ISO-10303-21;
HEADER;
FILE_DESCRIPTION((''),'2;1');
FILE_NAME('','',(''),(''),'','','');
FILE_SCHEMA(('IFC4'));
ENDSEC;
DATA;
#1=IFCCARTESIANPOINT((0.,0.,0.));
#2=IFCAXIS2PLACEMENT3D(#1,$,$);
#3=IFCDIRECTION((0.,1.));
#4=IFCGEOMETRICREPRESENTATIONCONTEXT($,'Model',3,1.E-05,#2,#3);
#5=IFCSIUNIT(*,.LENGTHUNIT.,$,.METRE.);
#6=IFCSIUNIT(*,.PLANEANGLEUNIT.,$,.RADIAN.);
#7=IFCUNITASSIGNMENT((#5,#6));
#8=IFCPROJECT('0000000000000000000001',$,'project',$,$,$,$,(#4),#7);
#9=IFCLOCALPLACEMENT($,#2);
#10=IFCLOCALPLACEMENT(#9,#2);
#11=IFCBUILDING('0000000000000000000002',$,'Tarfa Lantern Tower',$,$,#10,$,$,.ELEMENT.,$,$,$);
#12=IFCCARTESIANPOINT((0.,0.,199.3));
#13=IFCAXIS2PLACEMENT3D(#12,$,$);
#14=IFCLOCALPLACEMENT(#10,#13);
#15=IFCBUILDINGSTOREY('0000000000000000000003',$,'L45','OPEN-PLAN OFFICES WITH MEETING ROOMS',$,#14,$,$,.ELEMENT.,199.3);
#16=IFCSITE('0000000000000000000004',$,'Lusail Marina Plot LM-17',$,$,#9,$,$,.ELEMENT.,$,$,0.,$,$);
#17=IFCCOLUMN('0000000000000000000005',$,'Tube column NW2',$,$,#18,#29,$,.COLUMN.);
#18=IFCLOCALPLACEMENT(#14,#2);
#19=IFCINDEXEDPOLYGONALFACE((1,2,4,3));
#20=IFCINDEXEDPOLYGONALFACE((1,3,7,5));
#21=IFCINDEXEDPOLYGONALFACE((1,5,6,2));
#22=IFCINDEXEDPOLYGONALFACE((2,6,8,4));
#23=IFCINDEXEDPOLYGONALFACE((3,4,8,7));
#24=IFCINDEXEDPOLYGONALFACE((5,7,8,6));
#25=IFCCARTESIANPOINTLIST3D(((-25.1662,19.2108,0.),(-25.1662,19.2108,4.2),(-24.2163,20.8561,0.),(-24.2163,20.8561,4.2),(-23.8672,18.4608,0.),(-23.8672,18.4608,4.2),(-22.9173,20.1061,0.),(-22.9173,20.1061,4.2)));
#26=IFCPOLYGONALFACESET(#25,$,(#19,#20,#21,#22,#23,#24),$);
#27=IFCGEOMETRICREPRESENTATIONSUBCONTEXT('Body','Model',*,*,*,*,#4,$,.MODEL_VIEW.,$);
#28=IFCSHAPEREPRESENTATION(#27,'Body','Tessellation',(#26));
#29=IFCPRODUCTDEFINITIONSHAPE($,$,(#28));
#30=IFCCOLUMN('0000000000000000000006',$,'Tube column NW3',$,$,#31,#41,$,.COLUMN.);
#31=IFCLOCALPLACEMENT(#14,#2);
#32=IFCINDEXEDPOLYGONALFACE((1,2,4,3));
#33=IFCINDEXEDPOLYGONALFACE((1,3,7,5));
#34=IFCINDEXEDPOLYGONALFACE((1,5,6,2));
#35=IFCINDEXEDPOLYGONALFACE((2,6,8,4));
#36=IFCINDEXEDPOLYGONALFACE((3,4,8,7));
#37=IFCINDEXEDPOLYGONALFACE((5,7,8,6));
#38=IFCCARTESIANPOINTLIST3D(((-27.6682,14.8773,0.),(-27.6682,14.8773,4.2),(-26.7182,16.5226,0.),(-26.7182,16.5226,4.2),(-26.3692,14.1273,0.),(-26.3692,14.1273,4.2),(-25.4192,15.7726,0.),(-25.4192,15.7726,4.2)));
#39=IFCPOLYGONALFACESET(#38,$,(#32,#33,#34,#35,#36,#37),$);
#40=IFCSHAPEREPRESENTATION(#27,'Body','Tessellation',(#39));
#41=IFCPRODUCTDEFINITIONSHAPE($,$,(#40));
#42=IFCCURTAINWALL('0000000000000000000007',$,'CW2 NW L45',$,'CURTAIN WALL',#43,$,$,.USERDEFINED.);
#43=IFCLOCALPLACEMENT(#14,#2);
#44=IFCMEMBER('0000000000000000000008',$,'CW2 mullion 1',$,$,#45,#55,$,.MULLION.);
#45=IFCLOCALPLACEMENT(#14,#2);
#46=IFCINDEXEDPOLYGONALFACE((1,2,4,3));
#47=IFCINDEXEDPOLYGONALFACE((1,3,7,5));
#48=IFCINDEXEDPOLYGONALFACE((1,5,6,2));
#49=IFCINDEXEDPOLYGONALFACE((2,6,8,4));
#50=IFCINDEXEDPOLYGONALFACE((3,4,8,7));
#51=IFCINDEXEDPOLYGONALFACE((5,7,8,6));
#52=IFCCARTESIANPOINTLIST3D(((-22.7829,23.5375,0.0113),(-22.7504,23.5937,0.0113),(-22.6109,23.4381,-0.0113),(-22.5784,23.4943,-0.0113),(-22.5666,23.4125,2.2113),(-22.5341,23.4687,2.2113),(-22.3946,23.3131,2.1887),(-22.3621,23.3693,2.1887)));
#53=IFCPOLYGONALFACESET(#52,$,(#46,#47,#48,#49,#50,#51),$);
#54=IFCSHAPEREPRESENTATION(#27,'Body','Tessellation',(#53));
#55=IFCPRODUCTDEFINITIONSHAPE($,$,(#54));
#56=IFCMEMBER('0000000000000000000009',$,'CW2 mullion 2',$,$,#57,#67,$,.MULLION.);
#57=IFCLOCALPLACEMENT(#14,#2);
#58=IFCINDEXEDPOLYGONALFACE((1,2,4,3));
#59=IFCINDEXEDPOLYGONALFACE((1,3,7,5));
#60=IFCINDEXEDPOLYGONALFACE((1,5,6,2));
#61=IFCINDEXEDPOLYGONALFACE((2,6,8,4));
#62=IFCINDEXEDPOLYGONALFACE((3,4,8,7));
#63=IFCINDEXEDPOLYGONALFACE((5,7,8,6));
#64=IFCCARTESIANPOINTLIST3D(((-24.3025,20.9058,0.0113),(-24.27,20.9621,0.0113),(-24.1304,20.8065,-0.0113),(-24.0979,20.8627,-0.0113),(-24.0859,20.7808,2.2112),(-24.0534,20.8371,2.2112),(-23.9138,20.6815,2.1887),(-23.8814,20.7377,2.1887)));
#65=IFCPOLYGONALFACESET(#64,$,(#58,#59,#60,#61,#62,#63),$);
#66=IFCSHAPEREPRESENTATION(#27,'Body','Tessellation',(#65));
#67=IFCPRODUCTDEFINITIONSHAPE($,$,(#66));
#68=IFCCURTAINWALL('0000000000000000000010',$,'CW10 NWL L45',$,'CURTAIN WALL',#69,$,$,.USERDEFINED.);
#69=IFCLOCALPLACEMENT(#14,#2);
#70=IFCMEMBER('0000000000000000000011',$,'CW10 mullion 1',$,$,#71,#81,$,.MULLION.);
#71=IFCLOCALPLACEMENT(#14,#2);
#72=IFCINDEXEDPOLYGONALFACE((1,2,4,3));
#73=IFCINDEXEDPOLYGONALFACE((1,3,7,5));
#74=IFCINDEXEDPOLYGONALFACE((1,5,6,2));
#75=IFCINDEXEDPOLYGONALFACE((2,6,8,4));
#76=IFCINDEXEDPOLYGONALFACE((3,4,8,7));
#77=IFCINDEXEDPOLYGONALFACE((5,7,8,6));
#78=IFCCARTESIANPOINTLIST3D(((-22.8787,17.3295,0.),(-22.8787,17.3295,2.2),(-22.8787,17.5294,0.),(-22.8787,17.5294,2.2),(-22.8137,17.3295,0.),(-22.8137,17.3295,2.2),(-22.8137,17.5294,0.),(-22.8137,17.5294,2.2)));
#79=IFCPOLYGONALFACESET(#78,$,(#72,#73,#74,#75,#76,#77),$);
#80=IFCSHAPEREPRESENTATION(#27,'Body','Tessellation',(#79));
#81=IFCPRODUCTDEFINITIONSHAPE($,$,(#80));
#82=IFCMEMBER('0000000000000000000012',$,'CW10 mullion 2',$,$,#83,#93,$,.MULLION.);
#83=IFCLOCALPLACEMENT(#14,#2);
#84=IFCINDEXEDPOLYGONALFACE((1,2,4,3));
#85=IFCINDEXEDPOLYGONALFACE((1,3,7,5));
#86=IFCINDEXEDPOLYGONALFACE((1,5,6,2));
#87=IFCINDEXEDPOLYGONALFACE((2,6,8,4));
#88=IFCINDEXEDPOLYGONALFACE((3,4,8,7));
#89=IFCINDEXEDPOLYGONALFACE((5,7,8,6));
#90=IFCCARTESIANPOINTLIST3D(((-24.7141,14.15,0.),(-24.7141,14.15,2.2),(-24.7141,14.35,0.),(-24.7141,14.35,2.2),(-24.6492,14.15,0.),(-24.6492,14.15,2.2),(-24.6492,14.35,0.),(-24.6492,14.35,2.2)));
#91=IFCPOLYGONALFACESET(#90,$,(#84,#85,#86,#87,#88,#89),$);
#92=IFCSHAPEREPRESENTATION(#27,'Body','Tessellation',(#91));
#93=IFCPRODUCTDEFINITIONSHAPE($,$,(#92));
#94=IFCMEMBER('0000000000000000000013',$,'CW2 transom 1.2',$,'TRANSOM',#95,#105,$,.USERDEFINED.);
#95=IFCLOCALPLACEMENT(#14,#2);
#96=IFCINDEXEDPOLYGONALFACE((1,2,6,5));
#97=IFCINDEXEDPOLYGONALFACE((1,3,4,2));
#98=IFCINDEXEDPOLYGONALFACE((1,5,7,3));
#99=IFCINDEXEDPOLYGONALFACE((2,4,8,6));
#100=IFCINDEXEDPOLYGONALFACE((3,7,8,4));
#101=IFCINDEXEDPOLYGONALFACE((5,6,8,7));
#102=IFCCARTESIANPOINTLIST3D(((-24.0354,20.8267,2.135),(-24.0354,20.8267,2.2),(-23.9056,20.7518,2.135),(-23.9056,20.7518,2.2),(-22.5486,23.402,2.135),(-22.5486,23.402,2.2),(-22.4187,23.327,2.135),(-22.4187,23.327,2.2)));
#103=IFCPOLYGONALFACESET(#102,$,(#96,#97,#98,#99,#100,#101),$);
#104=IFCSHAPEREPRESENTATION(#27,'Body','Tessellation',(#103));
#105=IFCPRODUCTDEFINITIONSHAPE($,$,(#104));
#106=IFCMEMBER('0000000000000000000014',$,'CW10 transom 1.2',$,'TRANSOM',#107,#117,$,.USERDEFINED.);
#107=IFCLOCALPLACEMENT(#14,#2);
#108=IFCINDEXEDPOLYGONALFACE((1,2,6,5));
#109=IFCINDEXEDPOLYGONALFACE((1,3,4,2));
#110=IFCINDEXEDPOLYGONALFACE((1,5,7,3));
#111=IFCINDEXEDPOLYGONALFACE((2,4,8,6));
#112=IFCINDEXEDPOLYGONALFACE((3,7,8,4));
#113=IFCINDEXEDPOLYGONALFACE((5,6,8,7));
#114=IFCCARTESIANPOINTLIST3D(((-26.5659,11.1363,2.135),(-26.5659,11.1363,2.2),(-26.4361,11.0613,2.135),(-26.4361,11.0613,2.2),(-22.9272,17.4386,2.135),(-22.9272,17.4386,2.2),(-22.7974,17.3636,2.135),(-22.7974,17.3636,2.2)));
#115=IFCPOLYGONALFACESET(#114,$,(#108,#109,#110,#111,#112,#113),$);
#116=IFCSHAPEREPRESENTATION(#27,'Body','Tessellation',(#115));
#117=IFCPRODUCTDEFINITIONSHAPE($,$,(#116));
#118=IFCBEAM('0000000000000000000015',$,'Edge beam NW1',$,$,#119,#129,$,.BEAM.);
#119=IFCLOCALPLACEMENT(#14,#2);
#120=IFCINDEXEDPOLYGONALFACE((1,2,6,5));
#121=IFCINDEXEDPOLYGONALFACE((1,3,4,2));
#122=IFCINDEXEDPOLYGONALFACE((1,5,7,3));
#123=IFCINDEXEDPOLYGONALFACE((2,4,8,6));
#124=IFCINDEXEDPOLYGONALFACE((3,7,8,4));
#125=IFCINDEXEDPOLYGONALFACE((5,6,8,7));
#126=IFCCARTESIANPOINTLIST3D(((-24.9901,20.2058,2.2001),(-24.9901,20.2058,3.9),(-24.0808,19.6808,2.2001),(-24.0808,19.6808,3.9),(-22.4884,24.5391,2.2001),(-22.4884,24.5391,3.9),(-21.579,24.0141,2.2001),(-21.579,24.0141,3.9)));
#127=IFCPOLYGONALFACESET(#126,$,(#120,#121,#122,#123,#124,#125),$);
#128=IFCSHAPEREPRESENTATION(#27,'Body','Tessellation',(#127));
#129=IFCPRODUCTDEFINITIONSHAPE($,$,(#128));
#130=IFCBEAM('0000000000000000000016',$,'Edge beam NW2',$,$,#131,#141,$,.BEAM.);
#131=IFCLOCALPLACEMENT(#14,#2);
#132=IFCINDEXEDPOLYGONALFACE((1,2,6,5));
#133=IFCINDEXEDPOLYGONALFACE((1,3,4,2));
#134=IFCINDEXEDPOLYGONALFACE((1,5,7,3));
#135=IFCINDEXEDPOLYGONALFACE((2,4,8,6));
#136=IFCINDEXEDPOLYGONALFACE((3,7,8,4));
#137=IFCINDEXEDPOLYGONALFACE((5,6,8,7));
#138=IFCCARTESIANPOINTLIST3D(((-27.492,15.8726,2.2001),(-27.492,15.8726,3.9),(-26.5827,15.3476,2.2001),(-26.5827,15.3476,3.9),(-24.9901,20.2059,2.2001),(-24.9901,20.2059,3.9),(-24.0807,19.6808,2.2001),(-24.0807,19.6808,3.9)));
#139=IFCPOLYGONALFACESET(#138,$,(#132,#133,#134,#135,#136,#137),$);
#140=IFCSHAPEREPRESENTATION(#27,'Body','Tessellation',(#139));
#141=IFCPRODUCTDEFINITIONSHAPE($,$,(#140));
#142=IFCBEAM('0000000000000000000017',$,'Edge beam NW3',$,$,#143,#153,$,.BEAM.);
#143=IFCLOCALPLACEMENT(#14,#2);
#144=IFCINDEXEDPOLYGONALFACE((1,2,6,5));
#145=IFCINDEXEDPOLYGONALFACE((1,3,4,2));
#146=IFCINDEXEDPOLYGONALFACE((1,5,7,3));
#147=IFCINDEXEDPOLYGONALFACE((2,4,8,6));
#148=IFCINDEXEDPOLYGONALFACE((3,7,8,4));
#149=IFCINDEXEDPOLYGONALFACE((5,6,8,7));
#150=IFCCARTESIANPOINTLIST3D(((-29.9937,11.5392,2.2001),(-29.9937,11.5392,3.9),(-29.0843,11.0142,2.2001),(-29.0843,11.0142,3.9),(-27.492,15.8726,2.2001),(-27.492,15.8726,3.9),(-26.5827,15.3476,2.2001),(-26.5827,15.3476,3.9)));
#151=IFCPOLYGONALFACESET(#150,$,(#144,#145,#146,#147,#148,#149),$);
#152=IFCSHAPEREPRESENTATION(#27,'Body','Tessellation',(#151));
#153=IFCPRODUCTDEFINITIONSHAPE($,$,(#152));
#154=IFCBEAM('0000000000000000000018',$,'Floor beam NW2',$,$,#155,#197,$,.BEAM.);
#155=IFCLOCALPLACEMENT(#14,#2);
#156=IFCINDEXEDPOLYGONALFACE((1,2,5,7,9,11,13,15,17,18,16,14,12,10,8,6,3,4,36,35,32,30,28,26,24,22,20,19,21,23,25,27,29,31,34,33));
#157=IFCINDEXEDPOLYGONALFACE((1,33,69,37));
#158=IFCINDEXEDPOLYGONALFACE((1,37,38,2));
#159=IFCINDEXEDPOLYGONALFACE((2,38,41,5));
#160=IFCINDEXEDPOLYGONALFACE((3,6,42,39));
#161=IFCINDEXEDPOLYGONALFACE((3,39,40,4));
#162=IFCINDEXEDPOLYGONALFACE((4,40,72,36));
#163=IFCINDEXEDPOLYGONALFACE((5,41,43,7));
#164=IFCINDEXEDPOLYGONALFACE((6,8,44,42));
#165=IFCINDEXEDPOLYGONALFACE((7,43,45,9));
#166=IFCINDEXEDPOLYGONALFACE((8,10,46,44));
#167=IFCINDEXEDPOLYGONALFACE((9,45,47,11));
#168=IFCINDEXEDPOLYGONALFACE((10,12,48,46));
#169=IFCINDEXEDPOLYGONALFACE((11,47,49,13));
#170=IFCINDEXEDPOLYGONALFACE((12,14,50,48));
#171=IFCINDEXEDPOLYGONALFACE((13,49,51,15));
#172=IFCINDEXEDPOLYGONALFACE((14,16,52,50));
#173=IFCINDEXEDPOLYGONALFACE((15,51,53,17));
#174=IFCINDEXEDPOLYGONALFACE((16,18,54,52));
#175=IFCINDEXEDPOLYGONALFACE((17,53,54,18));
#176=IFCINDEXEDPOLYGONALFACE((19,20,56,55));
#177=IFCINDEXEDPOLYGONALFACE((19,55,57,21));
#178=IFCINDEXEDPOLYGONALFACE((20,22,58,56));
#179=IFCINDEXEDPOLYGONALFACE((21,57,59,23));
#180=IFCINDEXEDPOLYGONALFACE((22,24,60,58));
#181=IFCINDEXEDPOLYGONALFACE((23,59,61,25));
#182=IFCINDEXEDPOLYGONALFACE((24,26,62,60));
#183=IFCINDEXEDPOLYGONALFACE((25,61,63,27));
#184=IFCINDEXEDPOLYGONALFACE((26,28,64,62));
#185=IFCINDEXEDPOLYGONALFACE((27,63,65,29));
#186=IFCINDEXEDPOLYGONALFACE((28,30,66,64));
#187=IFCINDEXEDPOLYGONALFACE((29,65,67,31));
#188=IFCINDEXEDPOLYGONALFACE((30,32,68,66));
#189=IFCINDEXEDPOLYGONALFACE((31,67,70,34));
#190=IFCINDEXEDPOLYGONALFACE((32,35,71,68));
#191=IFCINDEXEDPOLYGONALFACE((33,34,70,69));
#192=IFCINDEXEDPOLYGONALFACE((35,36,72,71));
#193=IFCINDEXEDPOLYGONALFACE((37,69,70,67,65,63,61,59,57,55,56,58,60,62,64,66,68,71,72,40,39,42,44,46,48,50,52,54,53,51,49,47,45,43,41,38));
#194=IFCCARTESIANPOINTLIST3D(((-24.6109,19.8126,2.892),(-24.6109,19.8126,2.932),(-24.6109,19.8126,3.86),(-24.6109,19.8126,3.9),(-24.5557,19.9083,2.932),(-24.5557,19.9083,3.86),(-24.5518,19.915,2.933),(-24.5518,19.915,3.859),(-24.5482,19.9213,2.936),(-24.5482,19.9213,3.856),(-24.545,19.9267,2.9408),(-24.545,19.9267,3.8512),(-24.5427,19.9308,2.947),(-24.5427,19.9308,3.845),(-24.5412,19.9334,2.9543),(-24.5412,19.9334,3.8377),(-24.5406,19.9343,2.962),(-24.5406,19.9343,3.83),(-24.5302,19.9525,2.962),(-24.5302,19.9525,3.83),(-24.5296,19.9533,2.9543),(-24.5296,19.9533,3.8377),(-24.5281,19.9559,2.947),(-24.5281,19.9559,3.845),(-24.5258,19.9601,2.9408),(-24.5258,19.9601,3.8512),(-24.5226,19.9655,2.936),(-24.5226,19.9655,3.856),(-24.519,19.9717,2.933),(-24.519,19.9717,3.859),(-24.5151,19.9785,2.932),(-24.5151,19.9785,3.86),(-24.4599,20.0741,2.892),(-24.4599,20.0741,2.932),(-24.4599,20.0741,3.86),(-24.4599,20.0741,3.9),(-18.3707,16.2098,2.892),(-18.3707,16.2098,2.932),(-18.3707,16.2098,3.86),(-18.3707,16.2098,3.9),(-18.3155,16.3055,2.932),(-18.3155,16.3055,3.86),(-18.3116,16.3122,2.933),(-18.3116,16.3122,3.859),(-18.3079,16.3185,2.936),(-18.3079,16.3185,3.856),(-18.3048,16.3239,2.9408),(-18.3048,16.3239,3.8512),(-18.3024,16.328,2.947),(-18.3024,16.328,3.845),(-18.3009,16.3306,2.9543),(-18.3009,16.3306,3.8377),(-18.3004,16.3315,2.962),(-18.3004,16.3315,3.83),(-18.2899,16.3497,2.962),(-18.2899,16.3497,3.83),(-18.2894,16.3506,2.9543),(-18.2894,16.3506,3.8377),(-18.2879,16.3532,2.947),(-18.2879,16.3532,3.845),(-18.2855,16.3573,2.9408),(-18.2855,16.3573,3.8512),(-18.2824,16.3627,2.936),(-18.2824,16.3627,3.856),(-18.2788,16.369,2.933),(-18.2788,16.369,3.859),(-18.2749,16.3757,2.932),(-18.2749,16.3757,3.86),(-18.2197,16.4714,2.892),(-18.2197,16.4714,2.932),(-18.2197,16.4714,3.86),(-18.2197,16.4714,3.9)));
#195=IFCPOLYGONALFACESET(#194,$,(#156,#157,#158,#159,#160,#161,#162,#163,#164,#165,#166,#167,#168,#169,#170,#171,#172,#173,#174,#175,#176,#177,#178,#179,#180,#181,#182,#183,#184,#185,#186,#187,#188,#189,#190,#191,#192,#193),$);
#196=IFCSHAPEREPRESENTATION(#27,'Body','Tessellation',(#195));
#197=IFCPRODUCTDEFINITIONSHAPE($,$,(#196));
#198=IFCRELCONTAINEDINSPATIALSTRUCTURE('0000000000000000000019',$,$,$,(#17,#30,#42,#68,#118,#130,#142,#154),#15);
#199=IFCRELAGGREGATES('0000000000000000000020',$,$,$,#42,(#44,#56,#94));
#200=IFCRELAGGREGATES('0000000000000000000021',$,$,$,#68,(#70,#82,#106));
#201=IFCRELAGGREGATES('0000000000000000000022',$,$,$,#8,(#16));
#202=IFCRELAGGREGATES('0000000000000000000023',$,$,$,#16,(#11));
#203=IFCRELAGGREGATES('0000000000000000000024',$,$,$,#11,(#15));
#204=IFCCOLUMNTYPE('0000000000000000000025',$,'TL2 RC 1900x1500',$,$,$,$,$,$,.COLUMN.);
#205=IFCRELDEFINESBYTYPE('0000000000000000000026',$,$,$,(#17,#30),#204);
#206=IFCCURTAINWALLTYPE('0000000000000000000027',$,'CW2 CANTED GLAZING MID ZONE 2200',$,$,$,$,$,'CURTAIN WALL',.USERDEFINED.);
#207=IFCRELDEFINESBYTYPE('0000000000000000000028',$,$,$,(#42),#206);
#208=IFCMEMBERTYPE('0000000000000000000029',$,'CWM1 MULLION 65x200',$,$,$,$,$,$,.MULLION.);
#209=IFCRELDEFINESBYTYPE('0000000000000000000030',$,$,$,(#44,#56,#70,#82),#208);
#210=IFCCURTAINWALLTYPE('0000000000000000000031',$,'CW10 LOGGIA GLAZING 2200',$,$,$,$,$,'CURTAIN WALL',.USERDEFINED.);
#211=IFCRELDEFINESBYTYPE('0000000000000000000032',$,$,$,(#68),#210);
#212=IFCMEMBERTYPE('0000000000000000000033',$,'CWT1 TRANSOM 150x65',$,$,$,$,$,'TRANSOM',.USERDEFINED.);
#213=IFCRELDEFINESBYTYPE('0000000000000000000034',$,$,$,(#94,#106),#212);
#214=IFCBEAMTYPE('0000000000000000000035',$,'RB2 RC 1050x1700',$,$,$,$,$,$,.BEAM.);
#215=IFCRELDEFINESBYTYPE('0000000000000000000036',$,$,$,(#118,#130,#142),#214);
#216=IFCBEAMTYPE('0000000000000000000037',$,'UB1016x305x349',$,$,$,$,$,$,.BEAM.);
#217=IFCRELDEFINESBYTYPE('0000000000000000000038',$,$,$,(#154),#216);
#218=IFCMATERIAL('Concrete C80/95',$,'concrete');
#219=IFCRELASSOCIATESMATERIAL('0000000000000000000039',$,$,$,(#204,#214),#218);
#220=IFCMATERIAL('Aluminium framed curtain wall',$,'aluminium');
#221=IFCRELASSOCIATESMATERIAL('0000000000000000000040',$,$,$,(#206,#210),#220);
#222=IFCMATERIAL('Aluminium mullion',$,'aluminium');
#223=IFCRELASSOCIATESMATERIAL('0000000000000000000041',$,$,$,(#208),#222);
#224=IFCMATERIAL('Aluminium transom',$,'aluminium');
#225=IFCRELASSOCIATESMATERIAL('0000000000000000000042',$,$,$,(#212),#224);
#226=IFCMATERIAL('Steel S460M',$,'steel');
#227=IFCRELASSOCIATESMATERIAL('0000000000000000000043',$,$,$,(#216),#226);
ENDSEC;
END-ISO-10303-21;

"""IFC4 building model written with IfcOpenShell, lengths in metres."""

from ifc_helpers import new_model, si_unit, direction, frame, origin, origin_2d, place, context, subcontext, project, spatial, rectangle, i_section, extrude, material, material_profile, profile_set, type_object, element, aggregate, save


model = new_model("IFC4")

# Units and contexts
model_context = context("Model", 3, precision=1e-05, world=origin(), true_north=direction((0.0, 1.0)))
body_context = subcontext(model_context, "Body", "Model", "MODEL_VIEW")
ifc_project = project(units=[si_unit("LENGTHUNIT", "METRE"), si_unit("PLANEANGLEUNIT", "RADIAN")], contexts=[model_context])

# Site, building, storey
site_placement = place(None, origin())
site = spatial("IfcSite", under=ifc_project, at=site_placement, Name="Lusail Marina Plot LM-17", CompositionType="ELEMENT", RefElevation=0.0)
building_placement = place(site_placement, origin())
building = spatial("IfcBuilding", under=site, at=building_placement, Name="Tarfa Lantern Tower", CompositionType="ELEMENT")
storey_placement = place(building_placement, frame((0.0, 0.0, 199.3)))
storey = spatial("IfcBuildingStorey", under=building, at=storey_placement, Name="L45", Description="OPEN-PLAN OFFICES WITH MEETING ROOMS", CompositionType="ELEMENT", Elevation=199.3)

# Columns
ifc_material_1 = material(Name="Concrete C80/95", Category="concrete")
ifc_material_profile_1 = material_profile(ifc_material_1, rectangle(XDim=1.8999, YDim=1.5, at=origin_2d()), Name="RC 1900x1500")
ifc_profile_set_1 = profile_set([ifc_material_profile_1], Name="Concrete C80/95")
column_type = type_object("IfcColumnType", Name="TL2 RC 1900x1500", PredefinedType="COLUMN", material=ifc_profile_set_1)
for number, where, z_axis, x_axis, name in (
    (1, (-24.0417, 19.6584, 0.0), (0.0, 0.0, 1.0), (-0.5, -0.866025, 0.0), "Tube column NW2"),
    (2, (-26.5437, 15.325, 0.0), (0.0, 0.0, 1.0), (-0.5, -0.866025, 0.0), "Tube column NW3"),
):
    element("IfcColumn", number, at=place(storey_placement, frame(where, z_axis=z_axis, x_axis=x_axis)), inside=storey, type_object=column_type, Name=name, PredefinedType="COLUMN", context=body_context, shape_type="SweptSolid", body=[
        extrude(rectangle(XDim=1.8999, YDim=1.5, at=origin_2d()), origin(), (0.0, 0.0, 1.0), 4.2),
    ])

# Curtain walls, members
ifc_material_2 = material(Name="Aluminium framed curtain wall", Category="aluminium")
curtain_wall_type_1 = type_object("IfcCurtainWallType", Name="CW2 CANTED GLAZING MID ZONE 2200", ElementType="CURTAIN WALL", PredefinedType="USERDEFINED", material=ifc_material_2)
curtain_wall_1_placement = place(storey_placement, origin())
curtain_wall_1 = element("IfcCurtainWall", 3, at=curtain_wall_1_placement, inside=storey, type_object=curtain_wall_type_1, Name="CW2 NW L45", ObjectType="CURTAIN WALL", PredefinedType="USERDEFINED")
ifc_material_3 = material(Name="Aluminium mullion", Category="aluminium")
ifc_material_profile_2 = material_profile(ifc_material_3, rectangle(XDim=0.0649, YDim=0.2, at=origin_2d()), Name="AL MULLION 65x200")
ifc_profile_set_2 = profile_set([ifc_material_profile_2], Name="Aluminium mullion")
member_type_1 = type_object("IfcMemberType", Name="CWM1 MULLION 65x200", PredefinedType="MULLION", material=ifc_profile_set_2)
member_1_placement = place(storey_placement, frame((-22.6807, 23.5159, 0.0), z_axis=(0.097696, -0.056457, 0.993614), x_axis=(0.500343, 0.865827, 0.0)))
member_1 = element("IfcMember", 4, at=member_1_placement, type_object=member_type_1, Name="CW2 mullion 1", PredefinedType="MULLION", context=body_context, shape_type="SweptSolid", body=[
    extrude(rectangle(XDim=0.0649, YDim=0.2, at=origin_2d()), origin(), (0.0, 0.0, 1.0), 2.2141),
])
member_2_placement = place(storey_placement, frame((-24.2002, 20.8843, 0.0), z_axis=(0.097806, -0.056456, 0.993603), x_axis=(0.49992, 0.866072, 0.0)))
member_2 = element("IfcMember", 5, at=member_2_placement, type_object=member_type_1, Name="CW2 mullion 2", PredefinedType="MULLION", context=body_context, shape_type="SweptSolid", body=[
    extrude(rectangle(XDim=0.0649, YDim=0.2, at=origin_2d()), origin(), (0.0, 0.0, 1.0), 2.2141),
])
curtain_wall_type_2 = type_object("IfcCurtainWallType", Name="CW10 LOGGIA GLAZING 2200", ElementType="CURTAIN WALL", PredefinedType="USERDEFINED", material=ifc_material_2)
curtain_wall_2_placement = place(storey_placement, origin())
curtain_wall_2 = element("IfcCurtainWall", 6, at=curtain_wall_2_placement, inside=storey, type_object=curtain_wall_type_2, Name="CW10 NWL L45", ObjectType="CURTAIN WALL", PredefinedType="USERDEFINED")
member_3_placement = place(storey_placement, frame((-22.8462, 17.4294, 0.0), z_axis=(0.0, 0.0, 1.0), x_axis=(1.0, 0.0, 0.0)))
member_3 = element("IfcMember", 7, at=member_3_placement, type_object=member_type_1, Name="CW10 mullion 1", PredefinedType="MULLION", context=body_context, shape_type="SweptSolid", body=[
    extrude(rectangle(XDim=0.0649, YDim=0.2, at=origin_2d()), origin(), (0.0, 0.0, 1.0), 2.2),
])
member_4_placement = place(storey_placement, frame((-24.6816, 14.25, 0.0), z_axis=(0.0, 0.0, 1.0), x_axis=(1.0, 0.0, 0.0)))
member_4 = element("IfcMember", 8, at=member_4_placement, type_object=member_type_1, Name="CW10 mullion 2", PredefinedType="MULLION", context=body_context, shape_type="SweptSolid", body=[
    extrude(rectangle(XDim=0.0649, YDim=0.2, at=origin_2d()), origin(), (0.0, 0.0, 1.0), 2.2),
])

# Members
ifc_material_4 = material(Name="Aluminium transom", Category="aluminium")
ifc_material_profile_3 = material_profile(ifc_material_4, rectangle(XDim=0.1499, YDim=0.0649, at=origin_2d()), Name="AL TRANSOM 150x65")
ifc_profile_set_3 = profile_set([ifc_material_profile_3], Name="Aluminium transom")
member_type_2 = type_object("IfcMemberType", Name="CWT1 TRANSOM 150x65", ElementType="TRANSOM", PredefinedType="USERDEFINED", material=ifc_profile_set_3)
member_5_placement = place(storey_placement, frame((-22.4836, 23.3645, 2.1675), z_axis=(-0.500007, -0.866022, 0.0), x_axis=(0.866022, -0.500007, 0.0)))
member_5 = element("IfcMember", 9, at=member_5_placement, type_object=member_type_2, Name="CW2 transom 1.2", ObjectType="TRANSOM", PredefinedType="USERDEFINED", context=body_context, shape_type="SweptSolid", body=[
    extrude(rectangle(XDim=0.1499, YDim=0.0649, at=origin_2d()), origin(), (0.0, 0.0, 1.0), 2.9736),
])
member_6_placement = place(storey_placement, frame((-22.8623, 17.4011, 2.1675), z_axis=(-0.500007, -0.866021, 0.0), x_axis=(0.866021, -0.500007, 0.0)))
member_6 = element("IfcMember", 10, at=member_6_placement, type_object=member_type_2, Name="CW10 transom 1.2", ObjectType="TRANSOM", PredefinedType="USERDEFINED", context=body_context, shape_type="SweptSolid", body=[
    extrude(rectangle(XDim=0.1499, YDim=0.0649, at=origin_2d()), origin(), (0.0, 0.0, 1.0), 7.2773),
])

# Beams
ifc_material_profile_4 = material_profile(ifc_material_1, rectangle(XDim=1.05, YDim=1.7, at=origin_2d()), Name="RC 1050x1700")
ifc_profile_set_4 = profile_set([ifc_material_profile_4], Name="Concrete C80/95")
beam_type_1 = type_object("IfcBeamType", Name="RB2 RC 1050x1700", PredefinedType="BEAM", material=ifc_profile_set_4)
for number, where, z_axis, x_axis, name in (
    (11, (-22.0337, 24.2766, 3.05), (-0.499986, -0.866034, 0.0), (0.866034, -0.499986, 0.0), "Edge beam NW1"),
    (12, (-24.5354, 19.9434, 3.05), (-0.500022, -0.866013, 0.0), (0.866013, -0.500022, 0.0), "Edge beam NW2"),
    (13, (-27.0374, 15.6101, 3.05), (-0.499965, -0.866046, 0.0), (0.866046, -0.499965, 0.0), "Edge beam NW3"),
):
    element("IfcBeam", number, at=place(storey_placement, frame(where, z_axis=z_axis, x_axis=x_axis)), inside=storey, type_object=beam_type_1, Name=name, PredefinedType="BEAM", context=body_context, shape_type="SweptSolid", body=[
        extrude(rectangle(XDim=1.05, YDim=1.7, at=origin_2d()), origin(), (0.0, 0.0, 1.0), 5.0037),
    ])
ifc_material_5 = material(Name="Steel S460M", Category="steel")
ifc_material_profile_5 = material_profile(ifc_material_5, i_section(OverallWidth=0.302, OverallDepth=1.0081, WebThickness=0.021, FlangeThickness=0.04, FilletRadius=0.03, at=origin_2d()), Name="UB1016x305x349")
ifc_profile_set_5 = profile_set([ifc_material_profile_5], Name="Steel S460M")
beam_type_2 = type_object("IfcBeamType", Name="UB1016x305x349", PredefinedType="BEAM", material=ifc_profile_set_5)
beam_1_placement = place(storey_placement, frame((-24.5354, 19.9434, 3.396), z_axis=(0.866026, -0.499998, 0.0), x_axis=(0.499998, 0.866026, 0.0)))
element("IfcBeam", 14, at=beam_1_placement, inside=storey, type_object=beam_type_2, Name="Floor beam NW2", PredefinedType="BEAM", context=body_context, shape_type="SweptSolid", body=[
    extrude(i_section(OverallWidth=0.302, OverallDepth=1.0081, WebThickness=0.021, FlangeThickness=0.04, FilletRadius=0.03, at=origin_2d()), origin(), (0.0, 0.0, 1.0), 7.2056),
])

aggregate(curtain_wall_1, [member_1, member_2, member_5])
aggregate(curtain_wall_2, [member_3, member_4, member_6])

save(model, "model.ifc")
